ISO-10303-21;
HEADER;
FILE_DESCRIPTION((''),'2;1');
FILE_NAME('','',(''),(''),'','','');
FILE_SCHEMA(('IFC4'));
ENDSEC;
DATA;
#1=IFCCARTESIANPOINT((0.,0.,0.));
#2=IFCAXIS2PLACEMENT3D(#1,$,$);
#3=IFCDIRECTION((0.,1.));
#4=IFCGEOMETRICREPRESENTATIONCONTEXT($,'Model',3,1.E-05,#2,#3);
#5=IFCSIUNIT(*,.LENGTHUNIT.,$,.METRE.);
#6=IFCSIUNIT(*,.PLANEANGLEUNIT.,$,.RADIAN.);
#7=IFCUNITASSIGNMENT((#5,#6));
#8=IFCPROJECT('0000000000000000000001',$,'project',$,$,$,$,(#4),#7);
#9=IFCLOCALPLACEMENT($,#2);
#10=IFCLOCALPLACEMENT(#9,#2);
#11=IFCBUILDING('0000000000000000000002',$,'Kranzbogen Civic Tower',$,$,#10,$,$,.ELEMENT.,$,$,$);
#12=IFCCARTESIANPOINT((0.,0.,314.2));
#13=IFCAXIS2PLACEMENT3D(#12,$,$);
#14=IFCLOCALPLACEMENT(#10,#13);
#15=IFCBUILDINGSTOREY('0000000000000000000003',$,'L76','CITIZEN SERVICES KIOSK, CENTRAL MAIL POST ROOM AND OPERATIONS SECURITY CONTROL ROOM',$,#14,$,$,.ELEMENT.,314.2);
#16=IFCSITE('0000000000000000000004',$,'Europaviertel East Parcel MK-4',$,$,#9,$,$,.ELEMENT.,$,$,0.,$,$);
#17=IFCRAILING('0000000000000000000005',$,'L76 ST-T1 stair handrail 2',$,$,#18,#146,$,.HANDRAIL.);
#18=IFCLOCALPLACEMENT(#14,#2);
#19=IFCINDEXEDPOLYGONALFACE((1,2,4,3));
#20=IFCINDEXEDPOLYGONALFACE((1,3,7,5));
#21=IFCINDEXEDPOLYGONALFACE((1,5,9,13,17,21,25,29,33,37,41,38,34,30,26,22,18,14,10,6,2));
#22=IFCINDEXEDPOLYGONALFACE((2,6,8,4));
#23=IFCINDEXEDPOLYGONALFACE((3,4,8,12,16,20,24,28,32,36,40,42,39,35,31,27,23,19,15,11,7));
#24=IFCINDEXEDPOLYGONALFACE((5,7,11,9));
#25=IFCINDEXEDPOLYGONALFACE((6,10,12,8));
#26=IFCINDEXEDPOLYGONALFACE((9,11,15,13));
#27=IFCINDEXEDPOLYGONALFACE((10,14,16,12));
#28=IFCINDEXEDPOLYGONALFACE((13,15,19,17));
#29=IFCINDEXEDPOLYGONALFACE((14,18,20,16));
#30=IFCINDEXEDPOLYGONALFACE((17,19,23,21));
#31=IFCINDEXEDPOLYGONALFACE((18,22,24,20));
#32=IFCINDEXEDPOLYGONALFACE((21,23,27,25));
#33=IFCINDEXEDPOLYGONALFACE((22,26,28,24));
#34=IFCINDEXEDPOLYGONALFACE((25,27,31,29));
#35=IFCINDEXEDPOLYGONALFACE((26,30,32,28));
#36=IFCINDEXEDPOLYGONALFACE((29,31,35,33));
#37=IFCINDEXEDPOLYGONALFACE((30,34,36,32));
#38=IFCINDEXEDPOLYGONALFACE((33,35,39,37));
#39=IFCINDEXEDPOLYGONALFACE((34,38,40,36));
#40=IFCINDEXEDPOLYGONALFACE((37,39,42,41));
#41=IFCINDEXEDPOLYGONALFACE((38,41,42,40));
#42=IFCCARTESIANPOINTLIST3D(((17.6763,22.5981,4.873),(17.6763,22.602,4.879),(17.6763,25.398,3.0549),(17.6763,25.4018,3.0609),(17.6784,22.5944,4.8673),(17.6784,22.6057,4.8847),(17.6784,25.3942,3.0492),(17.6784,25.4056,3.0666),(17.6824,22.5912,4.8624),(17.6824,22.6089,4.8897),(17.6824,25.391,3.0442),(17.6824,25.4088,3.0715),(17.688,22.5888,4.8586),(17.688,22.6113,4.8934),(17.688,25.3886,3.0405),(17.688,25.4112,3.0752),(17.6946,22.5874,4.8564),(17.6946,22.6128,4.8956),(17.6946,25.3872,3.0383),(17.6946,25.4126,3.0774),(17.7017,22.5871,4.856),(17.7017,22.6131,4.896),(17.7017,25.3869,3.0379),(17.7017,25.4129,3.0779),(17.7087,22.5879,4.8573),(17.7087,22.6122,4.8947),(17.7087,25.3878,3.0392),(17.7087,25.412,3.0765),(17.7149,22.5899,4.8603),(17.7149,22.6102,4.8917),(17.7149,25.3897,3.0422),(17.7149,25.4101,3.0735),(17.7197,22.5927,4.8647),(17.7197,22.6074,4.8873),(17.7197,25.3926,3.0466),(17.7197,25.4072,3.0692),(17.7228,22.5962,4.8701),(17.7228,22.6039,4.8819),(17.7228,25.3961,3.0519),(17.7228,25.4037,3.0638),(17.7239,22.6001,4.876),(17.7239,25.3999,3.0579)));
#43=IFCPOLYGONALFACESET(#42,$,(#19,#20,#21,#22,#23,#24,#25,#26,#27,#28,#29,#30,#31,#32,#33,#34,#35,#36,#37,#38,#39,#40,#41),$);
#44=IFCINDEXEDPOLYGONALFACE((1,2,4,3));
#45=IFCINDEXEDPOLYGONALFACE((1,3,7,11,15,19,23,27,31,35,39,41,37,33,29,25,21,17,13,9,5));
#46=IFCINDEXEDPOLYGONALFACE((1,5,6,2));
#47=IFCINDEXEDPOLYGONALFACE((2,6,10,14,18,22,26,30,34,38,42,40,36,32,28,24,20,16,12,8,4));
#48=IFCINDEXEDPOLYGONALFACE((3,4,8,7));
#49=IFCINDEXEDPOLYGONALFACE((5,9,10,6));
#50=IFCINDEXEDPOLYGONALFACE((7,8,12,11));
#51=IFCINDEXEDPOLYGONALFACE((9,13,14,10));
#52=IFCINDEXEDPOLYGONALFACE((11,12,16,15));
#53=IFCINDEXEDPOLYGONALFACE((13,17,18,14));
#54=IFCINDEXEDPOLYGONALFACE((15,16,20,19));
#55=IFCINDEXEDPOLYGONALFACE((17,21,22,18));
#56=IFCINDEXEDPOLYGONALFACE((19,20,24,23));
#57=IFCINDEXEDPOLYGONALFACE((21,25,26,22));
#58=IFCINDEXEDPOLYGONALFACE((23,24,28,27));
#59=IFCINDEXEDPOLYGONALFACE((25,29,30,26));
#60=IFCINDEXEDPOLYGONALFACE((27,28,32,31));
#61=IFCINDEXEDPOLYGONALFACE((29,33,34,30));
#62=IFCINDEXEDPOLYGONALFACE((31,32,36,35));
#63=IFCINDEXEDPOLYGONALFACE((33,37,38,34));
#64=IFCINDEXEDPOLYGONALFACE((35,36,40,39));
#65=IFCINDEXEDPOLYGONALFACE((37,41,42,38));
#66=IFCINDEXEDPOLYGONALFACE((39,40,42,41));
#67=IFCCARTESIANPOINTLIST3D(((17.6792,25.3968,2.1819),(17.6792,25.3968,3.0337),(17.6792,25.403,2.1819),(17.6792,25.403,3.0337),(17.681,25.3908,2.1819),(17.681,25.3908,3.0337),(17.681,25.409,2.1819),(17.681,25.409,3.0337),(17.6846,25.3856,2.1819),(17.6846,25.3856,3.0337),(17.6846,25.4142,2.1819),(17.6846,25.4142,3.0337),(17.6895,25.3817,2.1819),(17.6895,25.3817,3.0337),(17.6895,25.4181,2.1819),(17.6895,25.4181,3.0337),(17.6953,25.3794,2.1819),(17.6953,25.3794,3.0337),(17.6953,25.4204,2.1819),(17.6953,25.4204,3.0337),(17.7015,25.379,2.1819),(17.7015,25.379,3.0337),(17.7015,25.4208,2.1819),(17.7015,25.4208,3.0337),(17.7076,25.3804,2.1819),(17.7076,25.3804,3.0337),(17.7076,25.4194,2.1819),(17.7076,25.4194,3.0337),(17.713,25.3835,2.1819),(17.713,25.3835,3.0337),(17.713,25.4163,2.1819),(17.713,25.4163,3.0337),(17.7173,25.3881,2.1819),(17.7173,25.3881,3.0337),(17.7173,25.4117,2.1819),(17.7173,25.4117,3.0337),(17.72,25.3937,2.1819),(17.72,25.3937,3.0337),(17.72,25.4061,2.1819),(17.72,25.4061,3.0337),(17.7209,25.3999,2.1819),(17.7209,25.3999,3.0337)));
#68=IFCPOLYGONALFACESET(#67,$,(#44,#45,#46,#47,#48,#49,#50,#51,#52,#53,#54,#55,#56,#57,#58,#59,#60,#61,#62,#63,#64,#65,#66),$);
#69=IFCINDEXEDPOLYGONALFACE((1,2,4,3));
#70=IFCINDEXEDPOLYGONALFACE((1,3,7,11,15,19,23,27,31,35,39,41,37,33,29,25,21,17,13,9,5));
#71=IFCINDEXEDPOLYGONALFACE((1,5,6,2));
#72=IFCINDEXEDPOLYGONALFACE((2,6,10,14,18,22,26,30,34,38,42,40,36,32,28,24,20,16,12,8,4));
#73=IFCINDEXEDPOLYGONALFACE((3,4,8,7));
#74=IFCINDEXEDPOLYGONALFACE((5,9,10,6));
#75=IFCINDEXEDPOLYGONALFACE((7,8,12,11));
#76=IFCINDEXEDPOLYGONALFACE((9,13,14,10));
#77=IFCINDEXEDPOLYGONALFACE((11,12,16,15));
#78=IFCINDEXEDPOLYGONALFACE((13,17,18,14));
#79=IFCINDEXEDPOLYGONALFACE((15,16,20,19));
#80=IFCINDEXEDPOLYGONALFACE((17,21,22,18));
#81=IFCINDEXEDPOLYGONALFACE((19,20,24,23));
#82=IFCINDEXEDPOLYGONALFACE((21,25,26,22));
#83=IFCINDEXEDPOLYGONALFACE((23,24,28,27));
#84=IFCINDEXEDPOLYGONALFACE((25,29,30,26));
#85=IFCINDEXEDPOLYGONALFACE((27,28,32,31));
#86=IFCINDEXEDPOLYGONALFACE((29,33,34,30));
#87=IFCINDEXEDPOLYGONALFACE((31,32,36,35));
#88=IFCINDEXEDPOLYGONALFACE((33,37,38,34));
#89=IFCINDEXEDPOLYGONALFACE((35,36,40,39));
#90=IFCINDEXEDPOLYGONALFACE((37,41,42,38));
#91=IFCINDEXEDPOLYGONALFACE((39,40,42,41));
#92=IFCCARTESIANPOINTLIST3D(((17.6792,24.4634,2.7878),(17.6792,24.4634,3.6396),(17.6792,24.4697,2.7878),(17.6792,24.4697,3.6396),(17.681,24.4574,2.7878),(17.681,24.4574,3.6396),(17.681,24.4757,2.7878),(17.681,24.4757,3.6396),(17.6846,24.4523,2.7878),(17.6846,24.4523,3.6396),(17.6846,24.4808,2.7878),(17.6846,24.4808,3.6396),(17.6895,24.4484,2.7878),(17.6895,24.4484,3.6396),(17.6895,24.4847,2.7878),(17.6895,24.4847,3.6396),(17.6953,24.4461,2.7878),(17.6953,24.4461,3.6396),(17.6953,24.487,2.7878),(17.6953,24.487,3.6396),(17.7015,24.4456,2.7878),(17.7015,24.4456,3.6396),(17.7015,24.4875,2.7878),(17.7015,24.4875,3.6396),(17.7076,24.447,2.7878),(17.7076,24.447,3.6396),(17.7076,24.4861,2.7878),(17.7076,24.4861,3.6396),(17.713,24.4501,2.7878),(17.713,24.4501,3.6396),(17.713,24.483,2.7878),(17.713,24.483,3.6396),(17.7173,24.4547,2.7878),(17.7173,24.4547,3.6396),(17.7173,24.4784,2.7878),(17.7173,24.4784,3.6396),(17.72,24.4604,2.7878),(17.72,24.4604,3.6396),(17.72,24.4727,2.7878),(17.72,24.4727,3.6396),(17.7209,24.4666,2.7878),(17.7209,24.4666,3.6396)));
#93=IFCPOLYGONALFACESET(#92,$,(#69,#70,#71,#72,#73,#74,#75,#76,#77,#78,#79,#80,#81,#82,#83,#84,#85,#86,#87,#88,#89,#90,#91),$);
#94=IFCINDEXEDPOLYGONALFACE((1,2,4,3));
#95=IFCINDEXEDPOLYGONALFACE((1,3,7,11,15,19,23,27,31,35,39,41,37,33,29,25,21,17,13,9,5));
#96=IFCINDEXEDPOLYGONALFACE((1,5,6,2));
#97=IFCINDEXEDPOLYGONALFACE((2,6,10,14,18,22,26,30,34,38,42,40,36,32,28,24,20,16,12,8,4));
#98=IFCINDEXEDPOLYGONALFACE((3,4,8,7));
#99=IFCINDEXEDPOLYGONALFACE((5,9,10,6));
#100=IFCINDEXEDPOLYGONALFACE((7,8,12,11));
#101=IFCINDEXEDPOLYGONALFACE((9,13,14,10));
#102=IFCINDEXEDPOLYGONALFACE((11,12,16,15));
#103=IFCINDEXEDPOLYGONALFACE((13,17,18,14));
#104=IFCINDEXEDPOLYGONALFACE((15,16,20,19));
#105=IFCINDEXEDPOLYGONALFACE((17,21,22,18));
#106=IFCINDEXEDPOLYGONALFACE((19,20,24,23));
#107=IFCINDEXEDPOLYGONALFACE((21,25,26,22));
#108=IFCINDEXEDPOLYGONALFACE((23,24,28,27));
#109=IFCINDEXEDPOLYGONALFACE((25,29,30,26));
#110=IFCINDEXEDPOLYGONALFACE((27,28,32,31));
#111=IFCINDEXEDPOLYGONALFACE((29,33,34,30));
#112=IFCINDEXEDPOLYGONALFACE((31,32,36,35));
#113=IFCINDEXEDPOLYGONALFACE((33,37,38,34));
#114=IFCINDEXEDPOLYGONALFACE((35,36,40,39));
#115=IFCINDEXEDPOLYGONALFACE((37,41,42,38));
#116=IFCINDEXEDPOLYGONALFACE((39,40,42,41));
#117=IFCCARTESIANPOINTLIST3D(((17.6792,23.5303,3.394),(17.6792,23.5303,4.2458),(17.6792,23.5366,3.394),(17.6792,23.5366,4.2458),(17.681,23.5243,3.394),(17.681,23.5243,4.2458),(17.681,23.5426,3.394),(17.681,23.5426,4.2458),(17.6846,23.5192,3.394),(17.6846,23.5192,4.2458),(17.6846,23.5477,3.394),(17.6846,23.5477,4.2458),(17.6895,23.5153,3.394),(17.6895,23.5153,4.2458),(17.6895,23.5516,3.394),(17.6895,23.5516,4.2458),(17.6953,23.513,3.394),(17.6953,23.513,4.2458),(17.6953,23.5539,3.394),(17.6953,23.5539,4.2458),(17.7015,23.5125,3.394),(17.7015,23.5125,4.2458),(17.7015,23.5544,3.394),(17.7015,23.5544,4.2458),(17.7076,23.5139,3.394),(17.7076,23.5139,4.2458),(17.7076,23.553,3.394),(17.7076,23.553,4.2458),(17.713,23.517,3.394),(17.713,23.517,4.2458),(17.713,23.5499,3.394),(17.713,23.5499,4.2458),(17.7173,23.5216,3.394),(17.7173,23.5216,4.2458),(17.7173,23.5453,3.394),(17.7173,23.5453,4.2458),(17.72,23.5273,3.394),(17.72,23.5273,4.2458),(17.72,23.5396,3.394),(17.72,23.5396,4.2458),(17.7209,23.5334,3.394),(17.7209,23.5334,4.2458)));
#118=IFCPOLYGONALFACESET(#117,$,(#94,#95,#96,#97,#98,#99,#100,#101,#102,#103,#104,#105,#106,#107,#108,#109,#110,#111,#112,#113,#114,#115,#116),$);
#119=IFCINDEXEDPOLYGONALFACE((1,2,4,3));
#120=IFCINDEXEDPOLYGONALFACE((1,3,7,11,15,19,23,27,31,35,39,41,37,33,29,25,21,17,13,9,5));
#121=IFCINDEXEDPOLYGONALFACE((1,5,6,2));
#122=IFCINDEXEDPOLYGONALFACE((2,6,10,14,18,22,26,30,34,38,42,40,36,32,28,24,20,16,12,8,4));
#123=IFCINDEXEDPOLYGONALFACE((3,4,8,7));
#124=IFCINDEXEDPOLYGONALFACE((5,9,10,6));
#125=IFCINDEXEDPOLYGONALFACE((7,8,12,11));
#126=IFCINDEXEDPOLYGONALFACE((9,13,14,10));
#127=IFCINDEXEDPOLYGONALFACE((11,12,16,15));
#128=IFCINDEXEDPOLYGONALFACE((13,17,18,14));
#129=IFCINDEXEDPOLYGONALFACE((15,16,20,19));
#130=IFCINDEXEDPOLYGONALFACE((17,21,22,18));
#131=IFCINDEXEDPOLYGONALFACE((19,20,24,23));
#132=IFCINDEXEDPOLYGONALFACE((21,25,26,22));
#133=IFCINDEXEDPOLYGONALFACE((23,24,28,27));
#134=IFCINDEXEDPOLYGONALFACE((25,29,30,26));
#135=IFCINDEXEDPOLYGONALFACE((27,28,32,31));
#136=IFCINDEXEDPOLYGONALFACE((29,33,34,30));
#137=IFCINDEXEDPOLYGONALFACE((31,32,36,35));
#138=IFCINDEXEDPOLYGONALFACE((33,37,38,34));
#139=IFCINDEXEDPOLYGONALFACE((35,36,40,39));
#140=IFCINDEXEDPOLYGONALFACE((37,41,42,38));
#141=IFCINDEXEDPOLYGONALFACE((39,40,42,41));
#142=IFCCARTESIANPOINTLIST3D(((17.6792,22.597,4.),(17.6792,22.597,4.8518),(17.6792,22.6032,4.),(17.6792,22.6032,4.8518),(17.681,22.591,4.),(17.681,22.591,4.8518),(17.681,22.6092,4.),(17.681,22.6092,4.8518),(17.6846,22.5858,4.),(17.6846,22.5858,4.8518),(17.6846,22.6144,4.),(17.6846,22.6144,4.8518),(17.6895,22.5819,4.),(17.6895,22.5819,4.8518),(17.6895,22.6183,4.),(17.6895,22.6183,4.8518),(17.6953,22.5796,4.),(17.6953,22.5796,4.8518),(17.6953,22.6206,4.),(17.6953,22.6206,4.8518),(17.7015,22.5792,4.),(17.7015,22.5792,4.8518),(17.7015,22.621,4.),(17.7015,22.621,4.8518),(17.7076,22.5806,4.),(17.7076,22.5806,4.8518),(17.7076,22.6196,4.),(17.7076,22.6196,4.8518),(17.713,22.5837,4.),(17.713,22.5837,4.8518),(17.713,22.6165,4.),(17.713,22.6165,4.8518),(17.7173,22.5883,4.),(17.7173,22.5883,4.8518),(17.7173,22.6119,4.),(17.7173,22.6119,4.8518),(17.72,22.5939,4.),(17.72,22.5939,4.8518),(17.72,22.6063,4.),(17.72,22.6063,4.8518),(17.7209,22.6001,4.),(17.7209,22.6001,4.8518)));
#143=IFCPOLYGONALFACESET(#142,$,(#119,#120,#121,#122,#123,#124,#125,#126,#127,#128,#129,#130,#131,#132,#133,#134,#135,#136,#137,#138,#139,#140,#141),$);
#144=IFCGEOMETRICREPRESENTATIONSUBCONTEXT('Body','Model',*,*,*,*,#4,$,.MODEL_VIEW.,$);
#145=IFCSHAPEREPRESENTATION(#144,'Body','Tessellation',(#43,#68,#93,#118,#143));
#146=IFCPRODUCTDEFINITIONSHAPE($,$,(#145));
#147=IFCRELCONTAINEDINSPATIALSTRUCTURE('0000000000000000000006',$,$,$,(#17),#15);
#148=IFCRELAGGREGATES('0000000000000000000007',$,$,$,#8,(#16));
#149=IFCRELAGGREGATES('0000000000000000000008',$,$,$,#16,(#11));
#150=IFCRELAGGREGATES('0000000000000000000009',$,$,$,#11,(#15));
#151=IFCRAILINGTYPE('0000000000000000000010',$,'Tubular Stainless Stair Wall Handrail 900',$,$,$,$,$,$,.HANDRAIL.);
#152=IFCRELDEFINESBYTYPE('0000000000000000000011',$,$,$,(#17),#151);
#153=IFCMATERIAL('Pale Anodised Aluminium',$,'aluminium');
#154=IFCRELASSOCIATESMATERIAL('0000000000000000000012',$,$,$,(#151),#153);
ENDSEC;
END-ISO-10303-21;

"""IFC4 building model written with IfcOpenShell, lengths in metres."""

from ifc_helpers import new_model, si_unit, direction, frame, origin, origin_2d, place, context, subcontext, project, spatial, circle, extrude, material, type_object, element, save


model = new_model("IFC4")

# Units and contexts
model_context = context("Model", 3, precision=1e-05, world=origin(), true_north=direction((0.0, 1.0)))
body_context = subcontext(model_context, "Body", "Model", "MODEL_VIEW")
ifc_project = project(units=[si_unit("LENGTHUNIT", "METRE"), si_unit("PLANEANGLEUNIT", "RADIAN")], contexts=[model_context])

# Site, building, storey
site_placement = place(None, origin())
site = spatial("IfcSite", under=ifc_project, at=site_placement, Name="Europaviertel East Parcel MK-4", CompositionType="ELEMENT", RefElevation=0.0)
building_placement = place(site_placement, origin())
building = spatial("IfcBuilding", under=site, at=building_placement, Name="Kranzbogen Civic Tower", CompositionType="ELEMENT")
storey_placement = place(building_placement, frame((0.0, 0.0, 314.2)))
storey = spatial("IfcBuildingStorey", under=building, at=storey_placement, Name="L76", Description="CITIZEN SERVICES KIOSK, CENTRAL MAIL POST ROOM AND OPERATIONS SECURITY CONTROL ROOM", CompositionType="ELEMENT", Elevation=314.2)

# Shared definitions
ifc_material_1 = material(Name="Pale Anodised Aluminium", Category="aluminium")

# Railing
railing_type_1 = type_object("IfcRailingType", Name="Tubular Stainless Stair Wall Handrail 900", PredefinedType="HANDRAIL", material=ifc_material_1)
railing_1_placement = place(storey_placement, frame((17.7, 25.3999, 2.1819)))
element("IfcRailing", 1, at=railing_1_placement, inside=storey, type_object=railing_type_1, Name="L76 ST-T1 stair handrail 2", PredefinedType="HANDRAIL", context=body_context, shape_type="SweptSolid", body=[
    extrude(circle(Radius=0.0239, at=origin_2d()), frame((0.0, 0.0, 0.876), z_axis=(0.0, -0.838684, 0.544618), x_axis=(1.0, 0.0, 0.0)), (0.0, 0.0, 1.0), 3.3384),
    extrude(circle(Radius=0.021, at=origin_2d()), origin(), (0.0, 0.0, 1.0), 0.8518),
    extrude(circle(Radius=0.021, at=origin_2d()), frame((0.0, -0.9333, 0.606)), (0.0, 0.0, 1.0), 0.8518),
    extrude(circle(Radius=0.021, at=origin_2d()), frame((0.0, -1.8665, 1.2122)), (0.0, 0.0, 1.0), 0.8518),
    extrude(circle(Radius=0.021, at=origin_2d()), frame((0.0, -2.7998, 1.8181)), (0.0, 0.0, 1.0), 0.8518),
])

save(model, "model.ifc")
